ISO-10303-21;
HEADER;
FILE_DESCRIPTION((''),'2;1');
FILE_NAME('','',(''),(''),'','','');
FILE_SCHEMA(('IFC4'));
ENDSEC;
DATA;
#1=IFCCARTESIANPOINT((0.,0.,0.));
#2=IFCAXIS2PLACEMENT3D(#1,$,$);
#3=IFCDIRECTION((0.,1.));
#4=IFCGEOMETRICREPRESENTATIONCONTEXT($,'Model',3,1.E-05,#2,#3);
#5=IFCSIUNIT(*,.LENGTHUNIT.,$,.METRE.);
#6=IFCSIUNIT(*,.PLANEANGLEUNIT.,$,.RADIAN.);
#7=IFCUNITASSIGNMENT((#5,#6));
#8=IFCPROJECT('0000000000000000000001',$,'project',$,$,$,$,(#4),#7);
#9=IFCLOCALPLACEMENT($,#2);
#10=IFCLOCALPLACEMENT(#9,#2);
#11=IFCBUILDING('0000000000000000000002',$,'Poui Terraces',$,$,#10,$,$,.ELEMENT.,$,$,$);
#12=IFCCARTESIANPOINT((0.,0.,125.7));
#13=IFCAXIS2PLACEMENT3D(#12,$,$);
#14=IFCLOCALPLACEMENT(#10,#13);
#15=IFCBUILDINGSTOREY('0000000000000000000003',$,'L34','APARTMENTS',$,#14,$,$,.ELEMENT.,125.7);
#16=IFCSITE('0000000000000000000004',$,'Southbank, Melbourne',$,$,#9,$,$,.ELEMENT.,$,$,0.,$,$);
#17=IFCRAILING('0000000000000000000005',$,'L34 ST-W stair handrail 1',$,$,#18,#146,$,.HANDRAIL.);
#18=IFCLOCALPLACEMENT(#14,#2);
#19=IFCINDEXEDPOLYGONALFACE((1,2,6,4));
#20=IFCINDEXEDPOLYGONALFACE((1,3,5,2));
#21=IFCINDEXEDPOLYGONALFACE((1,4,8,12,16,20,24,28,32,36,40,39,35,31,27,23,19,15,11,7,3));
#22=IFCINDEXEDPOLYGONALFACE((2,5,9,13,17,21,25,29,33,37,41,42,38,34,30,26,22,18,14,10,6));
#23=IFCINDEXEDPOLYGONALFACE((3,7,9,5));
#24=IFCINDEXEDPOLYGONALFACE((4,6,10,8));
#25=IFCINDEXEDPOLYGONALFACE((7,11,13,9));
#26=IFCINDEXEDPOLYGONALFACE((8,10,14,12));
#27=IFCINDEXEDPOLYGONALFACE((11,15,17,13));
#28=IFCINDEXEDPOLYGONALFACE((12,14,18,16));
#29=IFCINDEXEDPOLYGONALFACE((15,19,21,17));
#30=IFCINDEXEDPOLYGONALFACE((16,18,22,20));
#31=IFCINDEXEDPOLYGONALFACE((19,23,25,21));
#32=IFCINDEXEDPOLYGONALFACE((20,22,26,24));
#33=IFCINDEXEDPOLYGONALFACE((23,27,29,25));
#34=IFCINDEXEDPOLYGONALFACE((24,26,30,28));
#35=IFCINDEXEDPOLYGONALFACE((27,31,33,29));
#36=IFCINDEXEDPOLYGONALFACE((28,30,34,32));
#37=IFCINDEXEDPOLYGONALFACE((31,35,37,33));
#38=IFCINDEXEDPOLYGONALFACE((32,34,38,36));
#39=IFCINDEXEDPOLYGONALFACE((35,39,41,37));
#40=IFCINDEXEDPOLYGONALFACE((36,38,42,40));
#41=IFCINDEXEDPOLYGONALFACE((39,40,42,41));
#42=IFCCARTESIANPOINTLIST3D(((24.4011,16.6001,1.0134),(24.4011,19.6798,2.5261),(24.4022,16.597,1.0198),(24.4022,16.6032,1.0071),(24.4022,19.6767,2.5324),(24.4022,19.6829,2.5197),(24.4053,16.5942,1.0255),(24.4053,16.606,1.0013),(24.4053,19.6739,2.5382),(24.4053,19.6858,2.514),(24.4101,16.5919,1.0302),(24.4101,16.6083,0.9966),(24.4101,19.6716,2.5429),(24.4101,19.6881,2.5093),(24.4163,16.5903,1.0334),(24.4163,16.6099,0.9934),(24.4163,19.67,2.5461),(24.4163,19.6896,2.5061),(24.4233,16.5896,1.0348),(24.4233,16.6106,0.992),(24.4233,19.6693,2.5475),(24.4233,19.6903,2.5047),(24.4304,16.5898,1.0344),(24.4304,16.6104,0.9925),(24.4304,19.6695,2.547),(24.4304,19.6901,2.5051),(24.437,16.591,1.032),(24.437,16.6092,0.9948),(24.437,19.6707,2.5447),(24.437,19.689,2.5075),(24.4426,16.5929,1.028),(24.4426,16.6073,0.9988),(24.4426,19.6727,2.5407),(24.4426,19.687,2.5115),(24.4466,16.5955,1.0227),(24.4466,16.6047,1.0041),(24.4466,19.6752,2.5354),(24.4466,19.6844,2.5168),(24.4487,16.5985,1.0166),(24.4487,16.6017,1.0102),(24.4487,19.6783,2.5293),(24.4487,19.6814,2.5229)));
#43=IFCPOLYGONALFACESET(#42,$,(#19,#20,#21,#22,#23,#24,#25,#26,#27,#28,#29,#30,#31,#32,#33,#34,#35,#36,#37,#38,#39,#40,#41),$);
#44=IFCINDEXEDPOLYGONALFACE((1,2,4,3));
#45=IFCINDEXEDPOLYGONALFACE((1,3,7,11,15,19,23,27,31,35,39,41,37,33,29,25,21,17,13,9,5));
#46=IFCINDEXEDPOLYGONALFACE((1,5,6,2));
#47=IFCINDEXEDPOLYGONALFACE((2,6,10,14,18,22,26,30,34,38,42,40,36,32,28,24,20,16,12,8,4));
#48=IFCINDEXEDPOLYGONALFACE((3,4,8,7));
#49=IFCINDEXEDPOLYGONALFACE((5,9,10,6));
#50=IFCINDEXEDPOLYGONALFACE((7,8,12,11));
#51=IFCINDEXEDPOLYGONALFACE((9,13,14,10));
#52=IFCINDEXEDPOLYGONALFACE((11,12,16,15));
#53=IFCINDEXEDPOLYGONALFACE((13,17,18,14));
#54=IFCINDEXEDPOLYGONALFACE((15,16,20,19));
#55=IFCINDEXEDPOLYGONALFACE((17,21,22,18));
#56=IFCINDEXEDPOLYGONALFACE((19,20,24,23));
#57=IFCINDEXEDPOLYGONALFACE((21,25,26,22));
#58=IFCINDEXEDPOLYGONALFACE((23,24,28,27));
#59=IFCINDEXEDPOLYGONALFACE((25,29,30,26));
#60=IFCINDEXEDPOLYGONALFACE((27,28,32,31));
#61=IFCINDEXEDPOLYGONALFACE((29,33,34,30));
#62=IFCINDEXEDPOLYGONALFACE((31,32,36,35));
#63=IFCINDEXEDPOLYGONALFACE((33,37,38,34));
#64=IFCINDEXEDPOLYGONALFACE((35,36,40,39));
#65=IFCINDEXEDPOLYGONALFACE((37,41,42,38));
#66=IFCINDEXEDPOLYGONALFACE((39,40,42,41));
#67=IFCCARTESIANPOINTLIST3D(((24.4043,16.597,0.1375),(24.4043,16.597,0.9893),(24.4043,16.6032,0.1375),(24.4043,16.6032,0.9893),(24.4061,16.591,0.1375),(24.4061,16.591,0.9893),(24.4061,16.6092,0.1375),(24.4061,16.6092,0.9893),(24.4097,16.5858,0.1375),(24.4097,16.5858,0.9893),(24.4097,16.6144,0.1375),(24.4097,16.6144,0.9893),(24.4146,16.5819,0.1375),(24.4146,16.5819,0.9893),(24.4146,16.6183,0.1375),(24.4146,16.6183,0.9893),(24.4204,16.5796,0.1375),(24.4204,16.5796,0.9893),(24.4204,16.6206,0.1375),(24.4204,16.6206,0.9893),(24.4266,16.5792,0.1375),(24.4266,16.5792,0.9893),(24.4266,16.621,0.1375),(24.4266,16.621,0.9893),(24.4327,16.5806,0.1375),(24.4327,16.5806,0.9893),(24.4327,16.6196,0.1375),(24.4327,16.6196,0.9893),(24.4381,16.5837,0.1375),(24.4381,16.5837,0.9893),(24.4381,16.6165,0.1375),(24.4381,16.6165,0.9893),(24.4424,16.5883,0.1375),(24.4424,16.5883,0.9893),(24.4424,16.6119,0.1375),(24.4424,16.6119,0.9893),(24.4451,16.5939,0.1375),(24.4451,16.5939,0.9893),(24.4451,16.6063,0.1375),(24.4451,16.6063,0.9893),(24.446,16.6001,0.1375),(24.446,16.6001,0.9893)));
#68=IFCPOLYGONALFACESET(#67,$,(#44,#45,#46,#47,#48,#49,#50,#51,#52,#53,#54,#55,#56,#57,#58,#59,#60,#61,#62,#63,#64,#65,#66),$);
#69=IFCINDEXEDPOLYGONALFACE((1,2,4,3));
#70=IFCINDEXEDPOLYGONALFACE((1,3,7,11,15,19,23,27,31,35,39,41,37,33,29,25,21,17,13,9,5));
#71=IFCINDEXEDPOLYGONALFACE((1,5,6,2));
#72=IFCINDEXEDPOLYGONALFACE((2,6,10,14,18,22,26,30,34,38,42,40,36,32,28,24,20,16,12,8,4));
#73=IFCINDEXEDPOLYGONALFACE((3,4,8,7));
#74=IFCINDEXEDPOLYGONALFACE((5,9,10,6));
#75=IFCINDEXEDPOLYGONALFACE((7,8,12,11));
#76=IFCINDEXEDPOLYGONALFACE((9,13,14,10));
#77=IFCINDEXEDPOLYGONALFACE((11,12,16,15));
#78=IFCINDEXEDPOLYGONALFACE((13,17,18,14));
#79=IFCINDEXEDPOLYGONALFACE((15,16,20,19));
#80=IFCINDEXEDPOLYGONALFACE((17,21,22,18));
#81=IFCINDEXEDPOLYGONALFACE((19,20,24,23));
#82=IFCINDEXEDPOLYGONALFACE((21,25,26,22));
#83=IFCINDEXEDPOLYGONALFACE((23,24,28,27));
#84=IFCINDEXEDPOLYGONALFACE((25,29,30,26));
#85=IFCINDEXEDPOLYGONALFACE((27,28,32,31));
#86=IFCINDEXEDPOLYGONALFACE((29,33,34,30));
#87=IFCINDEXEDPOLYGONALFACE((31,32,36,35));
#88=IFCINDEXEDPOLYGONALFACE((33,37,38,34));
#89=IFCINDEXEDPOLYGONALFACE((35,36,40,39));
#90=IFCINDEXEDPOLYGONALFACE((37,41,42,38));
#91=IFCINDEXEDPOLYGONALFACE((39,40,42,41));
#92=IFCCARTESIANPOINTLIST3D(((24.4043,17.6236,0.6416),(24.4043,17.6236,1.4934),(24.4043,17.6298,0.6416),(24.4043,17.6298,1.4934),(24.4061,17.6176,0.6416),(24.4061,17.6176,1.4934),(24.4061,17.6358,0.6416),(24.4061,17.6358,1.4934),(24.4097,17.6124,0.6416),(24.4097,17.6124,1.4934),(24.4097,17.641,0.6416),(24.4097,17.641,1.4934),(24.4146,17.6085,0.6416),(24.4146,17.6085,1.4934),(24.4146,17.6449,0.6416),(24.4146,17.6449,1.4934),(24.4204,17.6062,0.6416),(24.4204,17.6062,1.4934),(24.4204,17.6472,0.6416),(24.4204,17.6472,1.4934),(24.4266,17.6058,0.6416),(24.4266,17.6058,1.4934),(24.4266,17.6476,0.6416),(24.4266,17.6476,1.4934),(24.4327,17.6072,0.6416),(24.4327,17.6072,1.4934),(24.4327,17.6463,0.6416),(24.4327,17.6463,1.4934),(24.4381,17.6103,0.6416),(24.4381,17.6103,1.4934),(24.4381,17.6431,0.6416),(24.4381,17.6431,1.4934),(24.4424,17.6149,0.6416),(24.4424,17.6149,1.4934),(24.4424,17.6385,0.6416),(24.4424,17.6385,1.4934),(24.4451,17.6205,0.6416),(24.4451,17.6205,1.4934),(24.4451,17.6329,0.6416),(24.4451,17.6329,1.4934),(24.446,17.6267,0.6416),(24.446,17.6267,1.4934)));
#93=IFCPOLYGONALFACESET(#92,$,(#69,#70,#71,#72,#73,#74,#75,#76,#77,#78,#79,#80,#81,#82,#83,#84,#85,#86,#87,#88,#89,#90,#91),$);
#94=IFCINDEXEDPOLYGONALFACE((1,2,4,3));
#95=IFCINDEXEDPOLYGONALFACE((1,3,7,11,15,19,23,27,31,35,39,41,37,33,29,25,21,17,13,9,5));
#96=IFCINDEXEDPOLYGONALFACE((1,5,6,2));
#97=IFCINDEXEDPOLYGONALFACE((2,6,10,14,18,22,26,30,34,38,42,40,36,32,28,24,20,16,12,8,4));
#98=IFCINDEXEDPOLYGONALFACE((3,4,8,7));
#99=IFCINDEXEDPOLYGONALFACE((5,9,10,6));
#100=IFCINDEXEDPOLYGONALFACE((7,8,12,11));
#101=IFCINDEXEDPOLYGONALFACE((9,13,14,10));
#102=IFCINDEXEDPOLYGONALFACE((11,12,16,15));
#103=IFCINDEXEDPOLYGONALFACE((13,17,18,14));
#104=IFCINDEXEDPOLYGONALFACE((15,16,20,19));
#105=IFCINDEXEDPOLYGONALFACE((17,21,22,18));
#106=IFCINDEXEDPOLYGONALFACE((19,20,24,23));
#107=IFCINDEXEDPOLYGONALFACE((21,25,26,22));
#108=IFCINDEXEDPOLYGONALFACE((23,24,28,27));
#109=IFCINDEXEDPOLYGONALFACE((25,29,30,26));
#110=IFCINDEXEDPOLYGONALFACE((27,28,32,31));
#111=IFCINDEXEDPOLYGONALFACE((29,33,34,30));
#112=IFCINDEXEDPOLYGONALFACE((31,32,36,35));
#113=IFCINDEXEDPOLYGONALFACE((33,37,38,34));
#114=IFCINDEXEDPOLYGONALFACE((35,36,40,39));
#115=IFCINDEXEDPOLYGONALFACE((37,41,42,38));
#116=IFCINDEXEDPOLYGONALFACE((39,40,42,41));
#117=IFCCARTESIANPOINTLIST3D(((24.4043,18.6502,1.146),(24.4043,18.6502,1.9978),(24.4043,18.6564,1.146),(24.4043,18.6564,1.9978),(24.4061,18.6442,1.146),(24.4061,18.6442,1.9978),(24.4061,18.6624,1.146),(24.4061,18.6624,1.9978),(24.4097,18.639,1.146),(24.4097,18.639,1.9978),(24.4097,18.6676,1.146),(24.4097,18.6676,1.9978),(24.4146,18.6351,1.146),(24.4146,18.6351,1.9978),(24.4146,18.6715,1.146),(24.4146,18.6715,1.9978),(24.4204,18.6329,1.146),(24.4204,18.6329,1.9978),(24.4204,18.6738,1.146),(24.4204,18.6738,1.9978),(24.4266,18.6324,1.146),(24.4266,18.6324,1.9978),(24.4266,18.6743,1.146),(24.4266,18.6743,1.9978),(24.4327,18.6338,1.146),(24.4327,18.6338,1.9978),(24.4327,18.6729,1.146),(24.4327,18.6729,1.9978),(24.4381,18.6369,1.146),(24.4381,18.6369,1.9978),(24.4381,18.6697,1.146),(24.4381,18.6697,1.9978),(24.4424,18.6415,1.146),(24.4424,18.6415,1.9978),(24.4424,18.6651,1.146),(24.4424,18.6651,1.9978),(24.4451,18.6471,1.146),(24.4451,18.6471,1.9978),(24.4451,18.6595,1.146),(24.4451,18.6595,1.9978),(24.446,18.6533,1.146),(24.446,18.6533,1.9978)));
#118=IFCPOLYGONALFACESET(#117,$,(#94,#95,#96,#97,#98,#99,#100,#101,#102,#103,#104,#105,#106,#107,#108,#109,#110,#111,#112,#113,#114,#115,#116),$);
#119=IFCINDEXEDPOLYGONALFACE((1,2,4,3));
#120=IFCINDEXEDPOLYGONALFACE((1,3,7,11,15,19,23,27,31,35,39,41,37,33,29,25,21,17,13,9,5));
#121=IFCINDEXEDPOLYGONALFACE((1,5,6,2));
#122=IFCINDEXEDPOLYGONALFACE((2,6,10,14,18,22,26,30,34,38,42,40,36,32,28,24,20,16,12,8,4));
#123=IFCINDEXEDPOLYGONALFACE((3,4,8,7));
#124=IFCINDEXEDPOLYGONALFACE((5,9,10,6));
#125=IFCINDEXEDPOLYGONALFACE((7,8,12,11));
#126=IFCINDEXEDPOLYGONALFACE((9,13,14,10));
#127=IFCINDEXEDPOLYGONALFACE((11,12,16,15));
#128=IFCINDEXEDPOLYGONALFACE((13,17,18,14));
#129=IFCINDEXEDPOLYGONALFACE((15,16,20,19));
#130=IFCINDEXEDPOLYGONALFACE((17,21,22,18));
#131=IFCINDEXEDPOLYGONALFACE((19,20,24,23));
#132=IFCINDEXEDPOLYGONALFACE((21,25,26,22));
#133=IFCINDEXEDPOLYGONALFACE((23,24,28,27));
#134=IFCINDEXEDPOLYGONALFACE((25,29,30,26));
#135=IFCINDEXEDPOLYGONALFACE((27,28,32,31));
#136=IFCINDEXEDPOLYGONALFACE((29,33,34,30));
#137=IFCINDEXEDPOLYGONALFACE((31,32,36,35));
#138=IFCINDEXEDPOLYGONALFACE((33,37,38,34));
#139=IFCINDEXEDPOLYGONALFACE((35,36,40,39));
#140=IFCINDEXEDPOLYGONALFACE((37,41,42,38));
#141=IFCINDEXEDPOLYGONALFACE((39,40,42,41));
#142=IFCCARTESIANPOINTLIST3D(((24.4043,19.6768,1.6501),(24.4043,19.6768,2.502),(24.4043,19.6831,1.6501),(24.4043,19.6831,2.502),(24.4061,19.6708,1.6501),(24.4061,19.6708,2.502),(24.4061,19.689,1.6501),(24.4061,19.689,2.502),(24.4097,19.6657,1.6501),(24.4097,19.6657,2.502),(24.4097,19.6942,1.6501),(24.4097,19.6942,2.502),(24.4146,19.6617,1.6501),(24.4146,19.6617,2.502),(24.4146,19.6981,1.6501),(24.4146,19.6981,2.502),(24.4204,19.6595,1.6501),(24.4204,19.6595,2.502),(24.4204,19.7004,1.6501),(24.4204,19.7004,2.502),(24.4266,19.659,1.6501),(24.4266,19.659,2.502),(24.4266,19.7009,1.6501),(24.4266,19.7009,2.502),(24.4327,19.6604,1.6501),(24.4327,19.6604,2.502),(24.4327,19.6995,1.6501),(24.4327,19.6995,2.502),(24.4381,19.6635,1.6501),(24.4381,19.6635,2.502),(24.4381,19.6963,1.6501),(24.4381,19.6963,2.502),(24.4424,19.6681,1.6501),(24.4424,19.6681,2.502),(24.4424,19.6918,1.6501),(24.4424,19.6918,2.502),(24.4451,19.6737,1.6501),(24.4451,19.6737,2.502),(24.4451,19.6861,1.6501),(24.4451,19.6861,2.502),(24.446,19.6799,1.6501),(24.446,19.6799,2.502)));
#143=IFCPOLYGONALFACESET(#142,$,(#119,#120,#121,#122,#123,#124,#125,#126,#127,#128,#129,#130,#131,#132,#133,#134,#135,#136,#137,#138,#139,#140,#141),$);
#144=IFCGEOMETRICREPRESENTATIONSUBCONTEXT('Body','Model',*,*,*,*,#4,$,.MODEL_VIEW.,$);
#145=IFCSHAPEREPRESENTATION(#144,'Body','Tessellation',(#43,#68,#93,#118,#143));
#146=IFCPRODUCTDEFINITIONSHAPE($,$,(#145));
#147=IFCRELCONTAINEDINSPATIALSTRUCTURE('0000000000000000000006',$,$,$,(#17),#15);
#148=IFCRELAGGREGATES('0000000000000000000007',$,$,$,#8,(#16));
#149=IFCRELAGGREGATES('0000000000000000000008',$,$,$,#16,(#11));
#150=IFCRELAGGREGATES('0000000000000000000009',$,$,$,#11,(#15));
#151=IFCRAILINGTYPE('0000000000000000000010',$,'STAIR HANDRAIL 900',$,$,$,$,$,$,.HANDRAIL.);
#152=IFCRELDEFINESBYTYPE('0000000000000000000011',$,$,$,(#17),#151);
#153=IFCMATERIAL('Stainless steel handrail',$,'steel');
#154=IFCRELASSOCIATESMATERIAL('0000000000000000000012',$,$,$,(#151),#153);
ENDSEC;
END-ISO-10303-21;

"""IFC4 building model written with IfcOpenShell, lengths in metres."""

from ifc_helpers import new_model, si_unit, direction, frame, origin, origin_2d, place, context, subcontext, project, spatial, circle, extrude, material, type_object, element, save


model = new_model("IFC4")

# Units and contexts
model_context = context("Model", 3, precision=1e-05, world=origin(), true_north=direction((0.0, 1.0)))
body_context = subcontext(model_context, "Body", "Model", "MODEL_VIEW")
ifc_project = project(units=[si_unit("LENGTHUNIT", "METRE"), si_unit("PLANEANGLEUNIT", "RADIAN")], contexts=[model_context])

# Site, building, storey
site_placement = place(None, origin())
site = spatial("IfcSite", under=ifc_project, at=site_placement, Name="Southbank, Melbourne", CompositionType="ELEMENT", RefElevation=0.0)
building_placement = place(site_placement, origin())
building = spatial("IfcBuilding", under=site, at=building_placement, Name="Poui Terraces", CompositionType="ELEMENT")
storey_placement = place(building_placement, frame((0.0, 0.0, 125.7)))
storey = spatial("IfcBuildingStorey", under=building, at=storey_placement, Name="L34", Description="APARTMENTS", CompositionType="ELEMENT", Elevation=125.7)

# Railing
ifc_material_1 = material(Name="Stainless steel handrail", Category="steel")
railing_type_1 = type_object("IfcRailingType", Name="STAIR HANDRAIL 900", PredefinedType="HANDRAIL", material=ifc_material_1)
railing_1_placement = place(storey_placement, frame((24.425, 16.6001, 0.1375)))
element("IfcRailing", 1, at=railing_1_placement, inside=storey, type_object=railing_type_1, Name="L34 ST-W stair handrail 1", PredefinedType="HANDRAIL", context=body_context, shape_type="SweptSolid", body=[
    extrude(circle(Radius=0.0239, at=origin_2d()), frame((0.0, 0.0, 0.876), z_axis=(0.0, 0.897578, 0.440856), x_axis=(-1.0, 0.0, 0.0)), (0.0, 0.0, 1.0), 3.4312),
    extrude(circle(Radius=0.021, at=origin_2d()), origin(), (0.0, 0.0, 1.0), 0.8518),
    extrude(circle(Radius=0.021, at=origin_2d()), frame((0.0, 1.0266, 0.5042)), (0.0, 0.0, 1.0), 0.8518),
    extrude(circle(Radius=0.021, at=origin_2d()), frame((0.0, 2.0532, 1.0085)), (0.0, 0.0, 1.0), 0.8518),
    extrude(circle(Radius=0.021, at=origin_2d()), frame((0.0, 3.0798, 1.5127)), (0.0, 0.0, 1.0), 0.8518),
])

save(model, "model.ifc")
